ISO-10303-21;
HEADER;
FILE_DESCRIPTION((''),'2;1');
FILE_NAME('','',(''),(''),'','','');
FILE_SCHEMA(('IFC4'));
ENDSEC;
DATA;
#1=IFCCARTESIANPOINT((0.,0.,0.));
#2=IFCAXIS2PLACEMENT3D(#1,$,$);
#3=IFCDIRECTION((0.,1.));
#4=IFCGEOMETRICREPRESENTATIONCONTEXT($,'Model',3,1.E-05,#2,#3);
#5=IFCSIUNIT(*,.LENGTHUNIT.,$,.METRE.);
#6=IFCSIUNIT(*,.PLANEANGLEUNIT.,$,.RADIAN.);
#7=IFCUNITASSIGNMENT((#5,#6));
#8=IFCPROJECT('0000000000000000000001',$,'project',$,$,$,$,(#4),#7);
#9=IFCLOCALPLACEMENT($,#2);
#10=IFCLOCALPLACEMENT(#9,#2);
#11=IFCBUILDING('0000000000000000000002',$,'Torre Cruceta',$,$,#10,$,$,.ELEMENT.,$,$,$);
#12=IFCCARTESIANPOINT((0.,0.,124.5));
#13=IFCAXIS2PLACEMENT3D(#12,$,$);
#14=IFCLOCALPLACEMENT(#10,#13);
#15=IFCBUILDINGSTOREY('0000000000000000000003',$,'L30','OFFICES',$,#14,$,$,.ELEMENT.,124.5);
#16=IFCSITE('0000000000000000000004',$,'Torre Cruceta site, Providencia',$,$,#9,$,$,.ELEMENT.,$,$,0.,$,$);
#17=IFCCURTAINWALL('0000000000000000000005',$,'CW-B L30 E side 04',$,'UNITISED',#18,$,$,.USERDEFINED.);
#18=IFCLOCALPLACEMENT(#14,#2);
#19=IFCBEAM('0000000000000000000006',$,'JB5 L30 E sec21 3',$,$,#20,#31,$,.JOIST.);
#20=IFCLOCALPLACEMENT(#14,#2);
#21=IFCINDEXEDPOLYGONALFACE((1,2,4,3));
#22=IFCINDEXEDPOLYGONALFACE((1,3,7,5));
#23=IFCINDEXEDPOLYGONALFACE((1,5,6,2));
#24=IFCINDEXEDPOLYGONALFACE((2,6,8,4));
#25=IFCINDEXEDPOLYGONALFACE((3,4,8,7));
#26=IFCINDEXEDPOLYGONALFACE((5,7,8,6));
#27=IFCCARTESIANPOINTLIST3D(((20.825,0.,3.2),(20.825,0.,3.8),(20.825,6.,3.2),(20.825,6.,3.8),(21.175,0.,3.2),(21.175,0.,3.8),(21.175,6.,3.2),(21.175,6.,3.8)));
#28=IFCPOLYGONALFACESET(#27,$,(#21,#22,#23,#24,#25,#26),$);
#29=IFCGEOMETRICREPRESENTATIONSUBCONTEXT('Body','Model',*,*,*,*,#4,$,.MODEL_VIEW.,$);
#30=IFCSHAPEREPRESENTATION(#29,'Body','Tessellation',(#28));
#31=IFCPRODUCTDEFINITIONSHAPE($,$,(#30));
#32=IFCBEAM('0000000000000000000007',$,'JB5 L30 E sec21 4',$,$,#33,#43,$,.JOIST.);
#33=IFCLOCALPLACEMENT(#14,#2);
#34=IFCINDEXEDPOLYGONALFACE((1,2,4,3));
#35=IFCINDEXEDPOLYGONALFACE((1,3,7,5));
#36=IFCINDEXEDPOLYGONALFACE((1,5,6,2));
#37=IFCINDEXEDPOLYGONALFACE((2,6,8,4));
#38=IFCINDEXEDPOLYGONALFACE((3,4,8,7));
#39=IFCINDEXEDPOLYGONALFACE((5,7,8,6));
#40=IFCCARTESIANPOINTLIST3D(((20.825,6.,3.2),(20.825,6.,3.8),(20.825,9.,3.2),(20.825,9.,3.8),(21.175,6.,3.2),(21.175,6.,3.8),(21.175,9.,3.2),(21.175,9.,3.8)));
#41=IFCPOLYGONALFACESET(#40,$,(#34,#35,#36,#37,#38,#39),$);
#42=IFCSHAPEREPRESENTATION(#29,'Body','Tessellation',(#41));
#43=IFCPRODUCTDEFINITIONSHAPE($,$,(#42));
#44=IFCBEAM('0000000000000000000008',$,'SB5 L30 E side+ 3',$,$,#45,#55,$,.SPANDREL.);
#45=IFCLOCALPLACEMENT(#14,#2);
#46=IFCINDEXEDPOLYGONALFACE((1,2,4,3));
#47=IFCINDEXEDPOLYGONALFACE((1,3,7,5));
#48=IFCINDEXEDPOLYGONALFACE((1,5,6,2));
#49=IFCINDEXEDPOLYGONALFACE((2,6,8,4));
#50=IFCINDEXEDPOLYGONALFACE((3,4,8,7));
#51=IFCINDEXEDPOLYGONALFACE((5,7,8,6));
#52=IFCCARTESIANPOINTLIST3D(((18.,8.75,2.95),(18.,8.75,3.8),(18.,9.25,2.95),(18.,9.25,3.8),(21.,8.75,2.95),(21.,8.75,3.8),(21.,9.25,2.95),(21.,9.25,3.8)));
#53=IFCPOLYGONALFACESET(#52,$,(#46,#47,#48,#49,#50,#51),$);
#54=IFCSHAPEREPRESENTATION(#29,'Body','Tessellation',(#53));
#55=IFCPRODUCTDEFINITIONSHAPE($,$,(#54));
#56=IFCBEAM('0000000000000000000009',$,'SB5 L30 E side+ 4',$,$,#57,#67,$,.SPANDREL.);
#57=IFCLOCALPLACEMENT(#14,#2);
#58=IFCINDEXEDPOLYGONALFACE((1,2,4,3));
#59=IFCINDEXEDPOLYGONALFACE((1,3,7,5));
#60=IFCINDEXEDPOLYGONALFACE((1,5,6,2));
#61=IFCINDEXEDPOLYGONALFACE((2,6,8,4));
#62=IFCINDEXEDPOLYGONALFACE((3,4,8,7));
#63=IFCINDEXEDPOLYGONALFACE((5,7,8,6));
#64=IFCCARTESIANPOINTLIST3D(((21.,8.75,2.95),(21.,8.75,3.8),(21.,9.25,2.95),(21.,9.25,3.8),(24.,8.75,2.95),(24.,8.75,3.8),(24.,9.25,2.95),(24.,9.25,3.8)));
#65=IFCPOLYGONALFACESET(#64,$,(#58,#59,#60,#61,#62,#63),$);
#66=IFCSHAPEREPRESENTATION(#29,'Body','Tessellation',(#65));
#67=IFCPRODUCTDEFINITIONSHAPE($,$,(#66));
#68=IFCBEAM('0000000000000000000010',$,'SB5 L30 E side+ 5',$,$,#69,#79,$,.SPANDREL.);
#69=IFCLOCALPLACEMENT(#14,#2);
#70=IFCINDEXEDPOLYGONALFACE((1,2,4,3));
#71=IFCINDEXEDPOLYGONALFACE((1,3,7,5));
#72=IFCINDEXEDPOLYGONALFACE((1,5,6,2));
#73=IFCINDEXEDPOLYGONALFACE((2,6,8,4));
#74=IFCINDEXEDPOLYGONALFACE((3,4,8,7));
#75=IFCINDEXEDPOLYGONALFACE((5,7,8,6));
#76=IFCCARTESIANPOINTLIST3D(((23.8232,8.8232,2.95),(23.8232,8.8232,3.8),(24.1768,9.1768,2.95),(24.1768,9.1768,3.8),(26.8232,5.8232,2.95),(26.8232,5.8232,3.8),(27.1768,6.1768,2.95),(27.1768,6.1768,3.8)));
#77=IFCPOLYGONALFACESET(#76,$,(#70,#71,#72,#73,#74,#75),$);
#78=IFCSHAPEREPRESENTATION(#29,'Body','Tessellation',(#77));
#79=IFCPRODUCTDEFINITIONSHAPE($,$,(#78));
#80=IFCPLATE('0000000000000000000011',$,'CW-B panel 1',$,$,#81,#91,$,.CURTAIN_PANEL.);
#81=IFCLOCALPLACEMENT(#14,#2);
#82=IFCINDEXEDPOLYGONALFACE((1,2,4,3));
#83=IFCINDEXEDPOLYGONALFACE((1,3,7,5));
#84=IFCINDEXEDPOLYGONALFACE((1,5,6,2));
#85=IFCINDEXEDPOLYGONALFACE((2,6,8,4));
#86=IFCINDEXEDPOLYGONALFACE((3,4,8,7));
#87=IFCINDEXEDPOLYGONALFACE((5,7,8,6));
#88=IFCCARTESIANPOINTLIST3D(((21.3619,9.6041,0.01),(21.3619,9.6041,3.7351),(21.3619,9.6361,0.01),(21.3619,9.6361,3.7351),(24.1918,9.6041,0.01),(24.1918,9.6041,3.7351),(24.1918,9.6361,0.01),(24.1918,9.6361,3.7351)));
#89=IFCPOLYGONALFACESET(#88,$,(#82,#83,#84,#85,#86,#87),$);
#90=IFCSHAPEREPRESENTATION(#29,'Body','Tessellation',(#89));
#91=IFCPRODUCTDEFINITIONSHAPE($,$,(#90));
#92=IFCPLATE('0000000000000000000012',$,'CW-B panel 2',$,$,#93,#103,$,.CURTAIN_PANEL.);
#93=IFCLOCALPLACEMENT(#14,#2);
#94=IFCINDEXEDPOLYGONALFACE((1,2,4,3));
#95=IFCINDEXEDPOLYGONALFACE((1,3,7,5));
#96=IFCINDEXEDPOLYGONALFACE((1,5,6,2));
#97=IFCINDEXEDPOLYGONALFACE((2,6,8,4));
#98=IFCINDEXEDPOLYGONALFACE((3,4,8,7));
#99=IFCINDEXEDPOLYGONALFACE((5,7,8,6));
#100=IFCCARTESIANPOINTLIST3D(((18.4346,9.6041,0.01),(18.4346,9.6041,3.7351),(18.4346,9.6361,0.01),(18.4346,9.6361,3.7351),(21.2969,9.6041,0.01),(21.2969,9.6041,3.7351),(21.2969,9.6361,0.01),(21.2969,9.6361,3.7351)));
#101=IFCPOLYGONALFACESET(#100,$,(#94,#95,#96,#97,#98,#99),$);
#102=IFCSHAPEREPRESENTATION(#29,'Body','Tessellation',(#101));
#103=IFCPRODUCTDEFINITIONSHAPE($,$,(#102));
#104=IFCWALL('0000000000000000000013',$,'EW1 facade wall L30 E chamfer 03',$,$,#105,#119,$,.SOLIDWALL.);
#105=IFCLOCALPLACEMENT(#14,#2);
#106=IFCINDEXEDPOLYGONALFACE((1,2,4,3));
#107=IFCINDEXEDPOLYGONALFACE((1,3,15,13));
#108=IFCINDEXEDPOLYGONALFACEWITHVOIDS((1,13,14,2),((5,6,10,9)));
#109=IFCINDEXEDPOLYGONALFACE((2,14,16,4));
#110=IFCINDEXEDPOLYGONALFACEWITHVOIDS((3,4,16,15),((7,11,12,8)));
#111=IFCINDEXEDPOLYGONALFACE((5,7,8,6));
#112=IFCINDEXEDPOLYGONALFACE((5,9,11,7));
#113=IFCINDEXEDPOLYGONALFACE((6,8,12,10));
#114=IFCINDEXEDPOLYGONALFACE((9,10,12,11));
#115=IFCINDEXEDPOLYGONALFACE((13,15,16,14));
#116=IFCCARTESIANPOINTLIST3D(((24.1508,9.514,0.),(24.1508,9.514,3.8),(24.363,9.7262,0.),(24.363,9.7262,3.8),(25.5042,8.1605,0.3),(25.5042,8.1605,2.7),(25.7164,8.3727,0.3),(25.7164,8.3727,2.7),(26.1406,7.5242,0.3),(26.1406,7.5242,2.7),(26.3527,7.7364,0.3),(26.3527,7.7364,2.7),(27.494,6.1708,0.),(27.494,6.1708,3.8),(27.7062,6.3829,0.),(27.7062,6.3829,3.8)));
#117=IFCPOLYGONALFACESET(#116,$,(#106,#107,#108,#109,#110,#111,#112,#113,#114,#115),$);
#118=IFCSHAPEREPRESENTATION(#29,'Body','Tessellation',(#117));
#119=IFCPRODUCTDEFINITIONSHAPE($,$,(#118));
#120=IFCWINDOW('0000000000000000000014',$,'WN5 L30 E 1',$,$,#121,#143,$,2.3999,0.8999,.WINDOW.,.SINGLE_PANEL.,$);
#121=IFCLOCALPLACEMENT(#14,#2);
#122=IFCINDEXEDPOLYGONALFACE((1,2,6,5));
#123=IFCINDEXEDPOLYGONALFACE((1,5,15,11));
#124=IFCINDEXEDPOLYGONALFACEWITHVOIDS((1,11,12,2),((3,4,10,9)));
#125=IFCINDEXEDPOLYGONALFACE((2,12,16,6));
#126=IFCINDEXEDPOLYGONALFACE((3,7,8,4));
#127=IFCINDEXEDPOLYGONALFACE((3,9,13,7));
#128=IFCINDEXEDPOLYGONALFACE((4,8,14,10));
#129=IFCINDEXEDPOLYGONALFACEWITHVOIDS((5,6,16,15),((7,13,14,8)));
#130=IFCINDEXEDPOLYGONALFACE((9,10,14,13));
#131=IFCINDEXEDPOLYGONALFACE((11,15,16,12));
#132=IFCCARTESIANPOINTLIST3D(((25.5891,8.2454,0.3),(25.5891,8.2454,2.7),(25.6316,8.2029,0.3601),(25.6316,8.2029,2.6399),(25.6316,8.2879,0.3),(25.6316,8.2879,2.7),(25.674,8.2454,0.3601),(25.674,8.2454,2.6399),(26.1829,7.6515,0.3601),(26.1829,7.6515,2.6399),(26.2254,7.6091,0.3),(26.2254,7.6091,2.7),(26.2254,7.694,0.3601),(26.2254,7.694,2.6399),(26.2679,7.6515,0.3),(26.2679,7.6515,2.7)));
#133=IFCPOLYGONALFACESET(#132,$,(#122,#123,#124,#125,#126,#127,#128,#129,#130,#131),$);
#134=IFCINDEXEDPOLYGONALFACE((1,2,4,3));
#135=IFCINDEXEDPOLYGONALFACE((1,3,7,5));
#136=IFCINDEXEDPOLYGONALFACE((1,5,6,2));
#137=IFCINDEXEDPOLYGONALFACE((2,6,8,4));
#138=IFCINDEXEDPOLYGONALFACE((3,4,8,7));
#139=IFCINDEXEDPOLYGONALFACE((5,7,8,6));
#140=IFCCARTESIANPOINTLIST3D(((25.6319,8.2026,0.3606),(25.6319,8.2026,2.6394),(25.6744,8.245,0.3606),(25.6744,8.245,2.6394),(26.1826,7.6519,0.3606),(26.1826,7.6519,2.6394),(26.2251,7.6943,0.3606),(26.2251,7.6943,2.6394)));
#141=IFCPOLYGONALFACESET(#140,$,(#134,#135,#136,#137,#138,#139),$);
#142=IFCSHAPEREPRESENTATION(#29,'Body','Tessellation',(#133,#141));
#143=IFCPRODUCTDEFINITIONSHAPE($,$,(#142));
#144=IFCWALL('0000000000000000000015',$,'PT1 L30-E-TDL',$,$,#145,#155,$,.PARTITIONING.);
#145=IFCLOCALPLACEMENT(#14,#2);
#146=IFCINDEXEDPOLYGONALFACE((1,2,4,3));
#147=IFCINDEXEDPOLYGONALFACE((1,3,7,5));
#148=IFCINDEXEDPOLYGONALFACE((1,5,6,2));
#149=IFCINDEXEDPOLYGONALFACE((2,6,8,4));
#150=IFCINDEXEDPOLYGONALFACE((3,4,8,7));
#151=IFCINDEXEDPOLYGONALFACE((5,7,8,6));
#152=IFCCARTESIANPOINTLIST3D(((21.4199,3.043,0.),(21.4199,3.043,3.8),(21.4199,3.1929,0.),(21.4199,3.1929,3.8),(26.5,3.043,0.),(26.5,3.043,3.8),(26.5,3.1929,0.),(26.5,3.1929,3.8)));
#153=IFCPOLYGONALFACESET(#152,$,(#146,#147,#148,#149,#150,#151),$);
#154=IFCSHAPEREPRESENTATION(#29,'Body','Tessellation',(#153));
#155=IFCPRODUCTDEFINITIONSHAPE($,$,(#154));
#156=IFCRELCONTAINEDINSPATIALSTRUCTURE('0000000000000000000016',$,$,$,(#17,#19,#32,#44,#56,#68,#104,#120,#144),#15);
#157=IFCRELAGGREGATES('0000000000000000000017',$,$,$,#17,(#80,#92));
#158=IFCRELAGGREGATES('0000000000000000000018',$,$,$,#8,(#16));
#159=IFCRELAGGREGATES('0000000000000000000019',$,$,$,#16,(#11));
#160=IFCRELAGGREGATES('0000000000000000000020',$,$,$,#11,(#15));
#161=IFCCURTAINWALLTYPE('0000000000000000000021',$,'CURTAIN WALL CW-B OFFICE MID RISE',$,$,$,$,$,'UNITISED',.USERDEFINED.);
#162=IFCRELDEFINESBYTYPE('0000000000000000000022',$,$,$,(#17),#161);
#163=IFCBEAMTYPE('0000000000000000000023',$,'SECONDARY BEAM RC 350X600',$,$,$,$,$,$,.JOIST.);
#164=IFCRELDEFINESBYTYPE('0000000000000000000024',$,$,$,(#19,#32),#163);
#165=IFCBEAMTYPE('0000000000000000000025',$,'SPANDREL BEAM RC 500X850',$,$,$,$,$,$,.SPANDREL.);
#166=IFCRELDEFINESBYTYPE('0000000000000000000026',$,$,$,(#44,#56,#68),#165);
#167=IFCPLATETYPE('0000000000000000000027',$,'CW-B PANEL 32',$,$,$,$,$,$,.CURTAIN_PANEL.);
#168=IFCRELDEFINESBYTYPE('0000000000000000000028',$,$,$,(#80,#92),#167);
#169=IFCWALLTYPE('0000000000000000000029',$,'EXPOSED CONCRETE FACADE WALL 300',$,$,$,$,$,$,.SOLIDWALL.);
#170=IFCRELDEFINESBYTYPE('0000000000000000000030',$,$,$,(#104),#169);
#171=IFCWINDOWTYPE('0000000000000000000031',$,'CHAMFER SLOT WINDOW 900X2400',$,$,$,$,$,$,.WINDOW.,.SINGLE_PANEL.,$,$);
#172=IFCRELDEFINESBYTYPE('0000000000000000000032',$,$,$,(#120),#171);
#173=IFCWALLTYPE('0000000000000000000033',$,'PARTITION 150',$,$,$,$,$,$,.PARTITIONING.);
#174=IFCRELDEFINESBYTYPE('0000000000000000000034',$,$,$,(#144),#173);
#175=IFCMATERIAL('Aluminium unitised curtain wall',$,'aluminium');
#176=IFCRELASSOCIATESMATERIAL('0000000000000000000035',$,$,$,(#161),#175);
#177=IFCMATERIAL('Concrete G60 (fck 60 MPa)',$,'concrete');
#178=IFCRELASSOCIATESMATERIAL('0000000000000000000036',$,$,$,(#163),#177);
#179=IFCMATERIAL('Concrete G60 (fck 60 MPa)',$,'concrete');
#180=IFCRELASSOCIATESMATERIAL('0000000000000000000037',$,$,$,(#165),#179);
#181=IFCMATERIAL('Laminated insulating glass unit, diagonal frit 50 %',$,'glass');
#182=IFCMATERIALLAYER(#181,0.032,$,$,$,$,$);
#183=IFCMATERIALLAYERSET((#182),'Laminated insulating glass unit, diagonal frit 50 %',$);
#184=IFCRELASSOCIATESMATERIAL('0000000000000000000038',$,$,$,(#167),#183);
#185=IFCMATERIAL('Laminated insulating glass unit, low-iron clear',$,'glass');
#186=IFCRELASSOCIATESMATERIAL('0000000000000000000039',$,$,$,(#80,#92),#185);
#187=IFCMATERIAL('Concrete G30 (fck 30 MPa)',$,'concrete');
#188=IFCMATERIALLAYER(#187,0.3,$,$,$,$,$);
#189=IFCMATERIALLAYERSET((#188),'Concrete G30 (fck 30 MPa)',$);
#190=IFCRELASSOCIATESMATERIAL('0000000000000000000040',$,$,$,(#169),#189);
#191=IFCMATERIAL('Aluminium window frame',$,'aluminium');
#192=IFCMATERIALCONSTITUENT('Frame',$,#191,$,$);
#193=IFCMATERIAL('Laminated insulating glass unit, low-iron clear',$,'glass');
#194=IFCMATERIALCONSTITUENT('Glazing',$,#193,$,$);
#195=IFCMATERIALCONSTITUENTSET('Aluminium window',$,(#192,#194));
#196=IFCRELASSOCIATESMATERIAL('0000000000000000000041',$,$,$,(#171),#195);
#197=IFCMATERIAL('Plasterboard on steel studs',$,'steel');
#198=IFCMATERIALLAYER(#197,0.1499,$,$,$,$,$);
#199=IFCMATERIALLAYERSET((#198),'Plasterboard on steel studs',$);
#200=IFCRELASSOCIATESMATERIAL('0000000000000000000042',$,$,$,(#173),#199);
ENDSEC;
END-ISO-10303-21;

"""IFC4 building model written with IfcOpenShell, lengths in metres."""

from ifc_helpers import new_model, si_unit, direction, frame, frame_2d, origin, origin_2d, place, context, subcontext, project, spatial, rectangle, hollow_rectangle, extrude, material, layer, layer_set, constituent, constituent_set, material_profile, profile_set, type_object, element, fill, aggregate, save


model = new_model("IFC4")

# Units and contexts
model_context = context("Model", 3, precision=1e-05, world=origin(), true_north=direction((0.0, 1.0)))
body_context = subcontext(model_context, "Body", "Model", "MODEL_VIEW")
ifc_project = project(units=[si_unit("LENGTHUNIT", "METRE"), si_unit("PLANEANGLEUNIT", "RADIAN")], contexts=[model_context])

# Site, building, storey
site_placement = place(None, origin())
site = spatial("IfcSite", under=ifc_project, at=site_placement, Name="Torre Cruceta site, Providencia", CompositionType="ELEMENT", RefElevation=0.0)
building_placement = place(site_placement, origin())
building = spatial("IfcBuilding", under=site, at=building_placement, Name="Torre Cruceta", CompositionType="ELEMENT")
storey_placement = place(building_placement, frame((0.0, 0.0, 124.5)))
storey = spatial("IfcBuildingStorey", under=building, at=storey_placement, Name="L30", Description="OFFICES", CompositionType="ELEMENT", Elevation=124.5)

# Curtain wall
ifc_material_1 = material(Name="Aluminium unitised curtain wall", Category="aluminium")
curtain_wall_type = type_object("IfcCurtainWallType", Name="CURTAIN WALL CW-B OFFICE MID RISE", ElementType="UNITISED", PredefinedType="USERDEFINED", material=ifc_material_1)
curtain_wall_placement = place(storey_placement, origin())
curtain_wall = element("IfcCurtainWall", 1, at=curtain_wall_placement, inside=storey, type_object=curtain_wall_type, Name="CW-B L30 E side 04", ObjectType="UNITISED", PredefinedType="USERDEFINED")

# Beams
ifc_material_2 = material(Name="Concrete G60 (fck 60 MPa)", Category="concrete")
ifc_material_profile_1 = material_profile(ifc_material_2, rectangle(XDim=0.3501, YDim=0.6001, at=origin_2d()), Name="RC 350X600")
ifc_profile_set_1 = profile_set([ifc_material_profile_1], Name="Concrete G60 (fck 60 MPa)")
beam_type_1 = type_object("IfcBeamType", Name="SECONDARY BEAM RC 350X600", PredefinedType="JOIST", material=ifc_profile_set_1)
beam_1_placement = place(storey_placement, frame((21.0, 0.0, 3.5), z_axis=(0.0, 1.0, 0.0), x_axis=(-1.0, 0.0, 0.0)))
element("IfcBeam", 2, at=beam_1_placement, inside=storey, type_object=beam_type_1, Name="JB5 L30 E sec21 3", PredefinedType="JOIST", context=body_context, shape_type="SweptSolid", body=[
    extrude(rectangle(XDim=0.3501, YDim=0.6001, at=origin_2d()), origin(), (0.0, 0.0, 1.0), 6.0),
])
beam_2_placement = place(storey_placement, frame((21.0, 6.0, 3.5), z_axis=(0.0, 1.0, 0.0), x_axis=(-1.0, 0.0, 0.0)))
element("IfcBeam", 3, at=beam_2_placement, inside=storey, type_object=beam_type_1, Name="JB5 L30 E sec21 4", PredefinedType="JOIST", context=body_context, shape_type="SweptSolid", body=[
    extrude(rectangle(XDim=0.3501, YDim=0.6001, at=origin_2d()), origin(), (0.0, 0.0, 1.0), 3.0),
])
ifc_material_3 = material(Name="Concrete G60 (fck 60 MPa)", Category="concrete")
ifc_material_profile_2 = material_profile(ifc_material_3, rectangle(XDim=0.5, YDim=0.8501, at=origin_2d()), Name="RC 500X850")
ifc_profile_set_2 = profile_set([ifc_material_profile_2], Name="Concrete G60 (fck 60 MPa)")
beam_type_2 = type_object("IfcBeamType", Name="SPANDREL BEAM RC 500X850", PredefinedType="SPANDREL", material=ifc_profile_set_2)
for number, where, z_axis, x_axis, name in (
    (4, (18.0, 9.0, 3.375), (1.0, 0.0, 0.0), (0.0, 1.0, 0.0), "SB5 L30 E side+ 3"),
    (5, (21.0, 9.0, 3.375), (1.0, 0.0, 0.0), (0.0, 1.0, 0.0), "SB5 L30 E side+ 4"),
):
    element("IfcBeam", number, at=place(storey_placement, frame(where, z_axis=z_axis, x_axis=x_axis)), inside=storey, type_object=beam_type_2, Name=name, PredefinedType="SPANDREL", context=body_context, shape_type="SweptSolid", body=[
        extrude(rectangle(XDim=0.5, YDim=0.8501, at=origin_2d()), origin(), (0.0, 0.0, 1.0), 3.0),
    ])
beam_3_placement = place(storey_placement, frame((24.0, 9.0, 3.375), z_axis=(0.707107, -0.707107, 0.0), x_axis=(0.707107, 0.707107, 0.0)))
element("IfcBeam", 6, at=beam_3_placement, inside=storey, type_object=beam_type_2, Name="SB5 L30 E side+ 5", PredefinedType="SPANDREL", context=body_context, shape_type="SweptSolid", body=[
    extrude(rectangle(XDim=0.5, YDim=0.8501, at=origin_2d()), origin(), (0.0, 0.0, 1.0), 4.2427),
])

# Plates
ifc_material_4 = material(Name="Laminated insulating glass unit, low-iron clear", Category="glass")
ifc_material_5 = material(Name="Laminated insulating glass unit, diagonal frit 50 %", Category="glass")
ifc_layer_1 = layer(ifc_material_5, 0.032)
ifc_layer_set_1 = layer_set([ifc_layer_1], Name="Laminated insulating glass unit, diagonal frit 50 %")
plate_type = type_object("IfcPlateType", Name="CW-B PANEL 32", PredefinedType="CURTAIN_PANEL", material=ifc_layer_set_1)
plate_1_placement = place(storey_placement, frame((22.7769, 9.6201, 0.01), z_axis=(0.0, 0.0, 1.0), x_axis=(-1.0, 0.0, 0.0)))
plate_1 = element("IfcPlate", 7, at=plate_1_placement, type_object=plate_type, material=ifc_material_4, Name="CW-B panel 1", PredefinedType="CURTAIN_PANEL", context=body_context, shape_type="SweptSolid", body=[
    extrude(rectangle(XDim=2.8298, YDim=0.032, at=origin_2d()), origin(), (0.0, 0.0, 1.0), 3.7251),
])
plate_2_placement = place(storey_placement, frame((19.8657, 9.6201, 0.01), z_axis=(0.0, 0.0, 1.0), x_axis=(-1.0, 0.0, 0.0)))
plate_2 = element("IfcPlate", 8, at=plate_2_placement, type_object=plate_type, material=ifc_material_4, Name="CW-B panel 2", PredefinedType="CURTAIN_PANEL", context=body_context, shape_type="SweptSolid", body=[
    extrude(rectangle(XDim=2.8623, YDim=0.032, at=origin_2d()), origin(), (0.0, 0.0, 1.0), 3.7251),
])
aggregate(curtain_wall, [plate_1, plate_2])

# Wall, opening, window
ifc_material_6 = material(Name="Concrete G30 (fck 30 MPa)", Category="concrete")
ifc_layer_2 = layer(ifc_material_6, 0.3)
ifc_layer_set_2 = layer_set([ifc_layer_2], Name="Concrete G30 (fck 30 MPa)")
wall_type_1 = type_object("IfcWallType", Name="EXPOSED CONCRETE FACADE WALL 300", PredefinedType="SOLIDWALL", material=ifc_layer_set_2)
wall_1_placement = place(storey_placement, frame((27.6001, 6.2769, 0.0), z_axis=(0.0, 0.0, 1.0), x_axis=(-0.707107, 0.707107, 0.0)))
wall_1 = element("IfcWall", 9, at=wall_1_placement, inside=storey, type_object=wall_type_1, Name="EW1 facade wall L30 E chamfer 03", PredefinedType="SOLIDWALL", context=body_context, shape_type="SweptSolid", body=[
    extrude(rectangle(XDim=4.728, YDim=0.3, at=frame_2d((2.364, 0.0))), origin(), (0.0, 0.0, 1.0), 3.8),
])
opening_1_placement = place(wall_1_placement, frame((1.9141, 0.0, 0.3)))
opening_1 = element("IfcOpeningElement", 10, at=opening_1_placement, cuts=wall_1, PredefinedType="OPENING", context=body_context, shape_type="SweptSolid", body=[
    extrude(rectangle(XDim=0.8999, YDim=2.3999, at=frame_2d((0.45, 1.2))), frame((0.0, 0.1599, 0.0), z_axis=(0.0, -1.0, 0.0), x_axis=(1.0, 0.0, 0.0)), (0.0, 0.0, 1.0), 0.3201),
])
ifc_material_7 = material(Name="Aluminium window frame", Category="aluminium")
ifc_constituent_1 = constituent(ifc_material_7, Name="Frame")
ifc_material_8 = material(Name="Laminated insulating glass unit, low-iron clear", Category="glass")
ifc_constituent_2 = constituent(ifc_material_8, Name="Glazing")
ifc_constituent_set_1 = constituent_set(constituents=[ifc_constituent_1, ifc_constituent_2], Name="Aluminium window")
window_type = type_object("IfcWindowType", Name="CHAMFER SLOT WINDOW 900X2400", PartitioningType="SINGLE_PANEL", PredefinedType="WINDOW", material=ifc_constituent_set_1)
window_placement = place(opening_1_placement, origin())
window = element("IfcWindow", 11, at=window_placement, inside=storey, type_object=window_type, Name="WN5 L30 E 1", OverallHeight=2.3999, OverallWidth=0.8999, PartitioningType="SINGLE_PANEL", PredefinedType="WINDOW", context=body_context, shape_type="SweptSolid", body=[
    extrude(hollow_rectangle(XDim=0.8999, YDim=2.3999, WallThickness=0.0601, at=frame_2d((0.45, 1.2))), frame((0.0, 0.03, 0.0), z_axis=(0.0, -1.0, 0.0), x_axis=(1.0, 0.0, 0.0)), (0.0, 0.0, 1.0), 0.0601),
    extrude(rectangle(XDim=0.7788, YDim=2.2788, at=frame_2d((0.45, 1.2))), frame((0.0, 0.03, 0.0), z_axis=(0.0, -1.0, 0.0), x_axis=(1.0, 0.0, 0.0)), (0.0, 0.0, 1.0), 0.0601),
])
fill(opening_1, window)

# Wall
ifc_material_9 = material(Name="Plasterboard on steel studs", Category="steel")
ifc_layer_3 = layer(ifc_material_9, 0.1499)
ifc_layer_set_3 = layer_set([ifc_layer_3], Name="Plasterboard on steel studs")
wall_type_2 = type_object("IfcWallType", Name="PARTITION 150", PredefinedType="PARTITIONING", material=ifc_layer_set_3)
wall_2_placement = place(storey_placement, frame((21.4199, 3.1179, 0.0), z_axis=(0.0, 0.0, 1.0), x_axis=(1.0, 0.0, 0.0)))
element("IfcWall", 12, at=wall_2_placement, inside=storey, type_object=wall_type_2, Name="PT1 L30-E-TDL", PredefinedType="PARTITIONING", context=body_context, shape_type="SweptSolid", body=[
    extrude(rectangle(XDim=5.0801, YDim=0.1499, at=frame_2d((2.54, 0.0))), origin(), (0.0, 0.0, 1.0), 3.8),
])

save(model, "model.ifc")
